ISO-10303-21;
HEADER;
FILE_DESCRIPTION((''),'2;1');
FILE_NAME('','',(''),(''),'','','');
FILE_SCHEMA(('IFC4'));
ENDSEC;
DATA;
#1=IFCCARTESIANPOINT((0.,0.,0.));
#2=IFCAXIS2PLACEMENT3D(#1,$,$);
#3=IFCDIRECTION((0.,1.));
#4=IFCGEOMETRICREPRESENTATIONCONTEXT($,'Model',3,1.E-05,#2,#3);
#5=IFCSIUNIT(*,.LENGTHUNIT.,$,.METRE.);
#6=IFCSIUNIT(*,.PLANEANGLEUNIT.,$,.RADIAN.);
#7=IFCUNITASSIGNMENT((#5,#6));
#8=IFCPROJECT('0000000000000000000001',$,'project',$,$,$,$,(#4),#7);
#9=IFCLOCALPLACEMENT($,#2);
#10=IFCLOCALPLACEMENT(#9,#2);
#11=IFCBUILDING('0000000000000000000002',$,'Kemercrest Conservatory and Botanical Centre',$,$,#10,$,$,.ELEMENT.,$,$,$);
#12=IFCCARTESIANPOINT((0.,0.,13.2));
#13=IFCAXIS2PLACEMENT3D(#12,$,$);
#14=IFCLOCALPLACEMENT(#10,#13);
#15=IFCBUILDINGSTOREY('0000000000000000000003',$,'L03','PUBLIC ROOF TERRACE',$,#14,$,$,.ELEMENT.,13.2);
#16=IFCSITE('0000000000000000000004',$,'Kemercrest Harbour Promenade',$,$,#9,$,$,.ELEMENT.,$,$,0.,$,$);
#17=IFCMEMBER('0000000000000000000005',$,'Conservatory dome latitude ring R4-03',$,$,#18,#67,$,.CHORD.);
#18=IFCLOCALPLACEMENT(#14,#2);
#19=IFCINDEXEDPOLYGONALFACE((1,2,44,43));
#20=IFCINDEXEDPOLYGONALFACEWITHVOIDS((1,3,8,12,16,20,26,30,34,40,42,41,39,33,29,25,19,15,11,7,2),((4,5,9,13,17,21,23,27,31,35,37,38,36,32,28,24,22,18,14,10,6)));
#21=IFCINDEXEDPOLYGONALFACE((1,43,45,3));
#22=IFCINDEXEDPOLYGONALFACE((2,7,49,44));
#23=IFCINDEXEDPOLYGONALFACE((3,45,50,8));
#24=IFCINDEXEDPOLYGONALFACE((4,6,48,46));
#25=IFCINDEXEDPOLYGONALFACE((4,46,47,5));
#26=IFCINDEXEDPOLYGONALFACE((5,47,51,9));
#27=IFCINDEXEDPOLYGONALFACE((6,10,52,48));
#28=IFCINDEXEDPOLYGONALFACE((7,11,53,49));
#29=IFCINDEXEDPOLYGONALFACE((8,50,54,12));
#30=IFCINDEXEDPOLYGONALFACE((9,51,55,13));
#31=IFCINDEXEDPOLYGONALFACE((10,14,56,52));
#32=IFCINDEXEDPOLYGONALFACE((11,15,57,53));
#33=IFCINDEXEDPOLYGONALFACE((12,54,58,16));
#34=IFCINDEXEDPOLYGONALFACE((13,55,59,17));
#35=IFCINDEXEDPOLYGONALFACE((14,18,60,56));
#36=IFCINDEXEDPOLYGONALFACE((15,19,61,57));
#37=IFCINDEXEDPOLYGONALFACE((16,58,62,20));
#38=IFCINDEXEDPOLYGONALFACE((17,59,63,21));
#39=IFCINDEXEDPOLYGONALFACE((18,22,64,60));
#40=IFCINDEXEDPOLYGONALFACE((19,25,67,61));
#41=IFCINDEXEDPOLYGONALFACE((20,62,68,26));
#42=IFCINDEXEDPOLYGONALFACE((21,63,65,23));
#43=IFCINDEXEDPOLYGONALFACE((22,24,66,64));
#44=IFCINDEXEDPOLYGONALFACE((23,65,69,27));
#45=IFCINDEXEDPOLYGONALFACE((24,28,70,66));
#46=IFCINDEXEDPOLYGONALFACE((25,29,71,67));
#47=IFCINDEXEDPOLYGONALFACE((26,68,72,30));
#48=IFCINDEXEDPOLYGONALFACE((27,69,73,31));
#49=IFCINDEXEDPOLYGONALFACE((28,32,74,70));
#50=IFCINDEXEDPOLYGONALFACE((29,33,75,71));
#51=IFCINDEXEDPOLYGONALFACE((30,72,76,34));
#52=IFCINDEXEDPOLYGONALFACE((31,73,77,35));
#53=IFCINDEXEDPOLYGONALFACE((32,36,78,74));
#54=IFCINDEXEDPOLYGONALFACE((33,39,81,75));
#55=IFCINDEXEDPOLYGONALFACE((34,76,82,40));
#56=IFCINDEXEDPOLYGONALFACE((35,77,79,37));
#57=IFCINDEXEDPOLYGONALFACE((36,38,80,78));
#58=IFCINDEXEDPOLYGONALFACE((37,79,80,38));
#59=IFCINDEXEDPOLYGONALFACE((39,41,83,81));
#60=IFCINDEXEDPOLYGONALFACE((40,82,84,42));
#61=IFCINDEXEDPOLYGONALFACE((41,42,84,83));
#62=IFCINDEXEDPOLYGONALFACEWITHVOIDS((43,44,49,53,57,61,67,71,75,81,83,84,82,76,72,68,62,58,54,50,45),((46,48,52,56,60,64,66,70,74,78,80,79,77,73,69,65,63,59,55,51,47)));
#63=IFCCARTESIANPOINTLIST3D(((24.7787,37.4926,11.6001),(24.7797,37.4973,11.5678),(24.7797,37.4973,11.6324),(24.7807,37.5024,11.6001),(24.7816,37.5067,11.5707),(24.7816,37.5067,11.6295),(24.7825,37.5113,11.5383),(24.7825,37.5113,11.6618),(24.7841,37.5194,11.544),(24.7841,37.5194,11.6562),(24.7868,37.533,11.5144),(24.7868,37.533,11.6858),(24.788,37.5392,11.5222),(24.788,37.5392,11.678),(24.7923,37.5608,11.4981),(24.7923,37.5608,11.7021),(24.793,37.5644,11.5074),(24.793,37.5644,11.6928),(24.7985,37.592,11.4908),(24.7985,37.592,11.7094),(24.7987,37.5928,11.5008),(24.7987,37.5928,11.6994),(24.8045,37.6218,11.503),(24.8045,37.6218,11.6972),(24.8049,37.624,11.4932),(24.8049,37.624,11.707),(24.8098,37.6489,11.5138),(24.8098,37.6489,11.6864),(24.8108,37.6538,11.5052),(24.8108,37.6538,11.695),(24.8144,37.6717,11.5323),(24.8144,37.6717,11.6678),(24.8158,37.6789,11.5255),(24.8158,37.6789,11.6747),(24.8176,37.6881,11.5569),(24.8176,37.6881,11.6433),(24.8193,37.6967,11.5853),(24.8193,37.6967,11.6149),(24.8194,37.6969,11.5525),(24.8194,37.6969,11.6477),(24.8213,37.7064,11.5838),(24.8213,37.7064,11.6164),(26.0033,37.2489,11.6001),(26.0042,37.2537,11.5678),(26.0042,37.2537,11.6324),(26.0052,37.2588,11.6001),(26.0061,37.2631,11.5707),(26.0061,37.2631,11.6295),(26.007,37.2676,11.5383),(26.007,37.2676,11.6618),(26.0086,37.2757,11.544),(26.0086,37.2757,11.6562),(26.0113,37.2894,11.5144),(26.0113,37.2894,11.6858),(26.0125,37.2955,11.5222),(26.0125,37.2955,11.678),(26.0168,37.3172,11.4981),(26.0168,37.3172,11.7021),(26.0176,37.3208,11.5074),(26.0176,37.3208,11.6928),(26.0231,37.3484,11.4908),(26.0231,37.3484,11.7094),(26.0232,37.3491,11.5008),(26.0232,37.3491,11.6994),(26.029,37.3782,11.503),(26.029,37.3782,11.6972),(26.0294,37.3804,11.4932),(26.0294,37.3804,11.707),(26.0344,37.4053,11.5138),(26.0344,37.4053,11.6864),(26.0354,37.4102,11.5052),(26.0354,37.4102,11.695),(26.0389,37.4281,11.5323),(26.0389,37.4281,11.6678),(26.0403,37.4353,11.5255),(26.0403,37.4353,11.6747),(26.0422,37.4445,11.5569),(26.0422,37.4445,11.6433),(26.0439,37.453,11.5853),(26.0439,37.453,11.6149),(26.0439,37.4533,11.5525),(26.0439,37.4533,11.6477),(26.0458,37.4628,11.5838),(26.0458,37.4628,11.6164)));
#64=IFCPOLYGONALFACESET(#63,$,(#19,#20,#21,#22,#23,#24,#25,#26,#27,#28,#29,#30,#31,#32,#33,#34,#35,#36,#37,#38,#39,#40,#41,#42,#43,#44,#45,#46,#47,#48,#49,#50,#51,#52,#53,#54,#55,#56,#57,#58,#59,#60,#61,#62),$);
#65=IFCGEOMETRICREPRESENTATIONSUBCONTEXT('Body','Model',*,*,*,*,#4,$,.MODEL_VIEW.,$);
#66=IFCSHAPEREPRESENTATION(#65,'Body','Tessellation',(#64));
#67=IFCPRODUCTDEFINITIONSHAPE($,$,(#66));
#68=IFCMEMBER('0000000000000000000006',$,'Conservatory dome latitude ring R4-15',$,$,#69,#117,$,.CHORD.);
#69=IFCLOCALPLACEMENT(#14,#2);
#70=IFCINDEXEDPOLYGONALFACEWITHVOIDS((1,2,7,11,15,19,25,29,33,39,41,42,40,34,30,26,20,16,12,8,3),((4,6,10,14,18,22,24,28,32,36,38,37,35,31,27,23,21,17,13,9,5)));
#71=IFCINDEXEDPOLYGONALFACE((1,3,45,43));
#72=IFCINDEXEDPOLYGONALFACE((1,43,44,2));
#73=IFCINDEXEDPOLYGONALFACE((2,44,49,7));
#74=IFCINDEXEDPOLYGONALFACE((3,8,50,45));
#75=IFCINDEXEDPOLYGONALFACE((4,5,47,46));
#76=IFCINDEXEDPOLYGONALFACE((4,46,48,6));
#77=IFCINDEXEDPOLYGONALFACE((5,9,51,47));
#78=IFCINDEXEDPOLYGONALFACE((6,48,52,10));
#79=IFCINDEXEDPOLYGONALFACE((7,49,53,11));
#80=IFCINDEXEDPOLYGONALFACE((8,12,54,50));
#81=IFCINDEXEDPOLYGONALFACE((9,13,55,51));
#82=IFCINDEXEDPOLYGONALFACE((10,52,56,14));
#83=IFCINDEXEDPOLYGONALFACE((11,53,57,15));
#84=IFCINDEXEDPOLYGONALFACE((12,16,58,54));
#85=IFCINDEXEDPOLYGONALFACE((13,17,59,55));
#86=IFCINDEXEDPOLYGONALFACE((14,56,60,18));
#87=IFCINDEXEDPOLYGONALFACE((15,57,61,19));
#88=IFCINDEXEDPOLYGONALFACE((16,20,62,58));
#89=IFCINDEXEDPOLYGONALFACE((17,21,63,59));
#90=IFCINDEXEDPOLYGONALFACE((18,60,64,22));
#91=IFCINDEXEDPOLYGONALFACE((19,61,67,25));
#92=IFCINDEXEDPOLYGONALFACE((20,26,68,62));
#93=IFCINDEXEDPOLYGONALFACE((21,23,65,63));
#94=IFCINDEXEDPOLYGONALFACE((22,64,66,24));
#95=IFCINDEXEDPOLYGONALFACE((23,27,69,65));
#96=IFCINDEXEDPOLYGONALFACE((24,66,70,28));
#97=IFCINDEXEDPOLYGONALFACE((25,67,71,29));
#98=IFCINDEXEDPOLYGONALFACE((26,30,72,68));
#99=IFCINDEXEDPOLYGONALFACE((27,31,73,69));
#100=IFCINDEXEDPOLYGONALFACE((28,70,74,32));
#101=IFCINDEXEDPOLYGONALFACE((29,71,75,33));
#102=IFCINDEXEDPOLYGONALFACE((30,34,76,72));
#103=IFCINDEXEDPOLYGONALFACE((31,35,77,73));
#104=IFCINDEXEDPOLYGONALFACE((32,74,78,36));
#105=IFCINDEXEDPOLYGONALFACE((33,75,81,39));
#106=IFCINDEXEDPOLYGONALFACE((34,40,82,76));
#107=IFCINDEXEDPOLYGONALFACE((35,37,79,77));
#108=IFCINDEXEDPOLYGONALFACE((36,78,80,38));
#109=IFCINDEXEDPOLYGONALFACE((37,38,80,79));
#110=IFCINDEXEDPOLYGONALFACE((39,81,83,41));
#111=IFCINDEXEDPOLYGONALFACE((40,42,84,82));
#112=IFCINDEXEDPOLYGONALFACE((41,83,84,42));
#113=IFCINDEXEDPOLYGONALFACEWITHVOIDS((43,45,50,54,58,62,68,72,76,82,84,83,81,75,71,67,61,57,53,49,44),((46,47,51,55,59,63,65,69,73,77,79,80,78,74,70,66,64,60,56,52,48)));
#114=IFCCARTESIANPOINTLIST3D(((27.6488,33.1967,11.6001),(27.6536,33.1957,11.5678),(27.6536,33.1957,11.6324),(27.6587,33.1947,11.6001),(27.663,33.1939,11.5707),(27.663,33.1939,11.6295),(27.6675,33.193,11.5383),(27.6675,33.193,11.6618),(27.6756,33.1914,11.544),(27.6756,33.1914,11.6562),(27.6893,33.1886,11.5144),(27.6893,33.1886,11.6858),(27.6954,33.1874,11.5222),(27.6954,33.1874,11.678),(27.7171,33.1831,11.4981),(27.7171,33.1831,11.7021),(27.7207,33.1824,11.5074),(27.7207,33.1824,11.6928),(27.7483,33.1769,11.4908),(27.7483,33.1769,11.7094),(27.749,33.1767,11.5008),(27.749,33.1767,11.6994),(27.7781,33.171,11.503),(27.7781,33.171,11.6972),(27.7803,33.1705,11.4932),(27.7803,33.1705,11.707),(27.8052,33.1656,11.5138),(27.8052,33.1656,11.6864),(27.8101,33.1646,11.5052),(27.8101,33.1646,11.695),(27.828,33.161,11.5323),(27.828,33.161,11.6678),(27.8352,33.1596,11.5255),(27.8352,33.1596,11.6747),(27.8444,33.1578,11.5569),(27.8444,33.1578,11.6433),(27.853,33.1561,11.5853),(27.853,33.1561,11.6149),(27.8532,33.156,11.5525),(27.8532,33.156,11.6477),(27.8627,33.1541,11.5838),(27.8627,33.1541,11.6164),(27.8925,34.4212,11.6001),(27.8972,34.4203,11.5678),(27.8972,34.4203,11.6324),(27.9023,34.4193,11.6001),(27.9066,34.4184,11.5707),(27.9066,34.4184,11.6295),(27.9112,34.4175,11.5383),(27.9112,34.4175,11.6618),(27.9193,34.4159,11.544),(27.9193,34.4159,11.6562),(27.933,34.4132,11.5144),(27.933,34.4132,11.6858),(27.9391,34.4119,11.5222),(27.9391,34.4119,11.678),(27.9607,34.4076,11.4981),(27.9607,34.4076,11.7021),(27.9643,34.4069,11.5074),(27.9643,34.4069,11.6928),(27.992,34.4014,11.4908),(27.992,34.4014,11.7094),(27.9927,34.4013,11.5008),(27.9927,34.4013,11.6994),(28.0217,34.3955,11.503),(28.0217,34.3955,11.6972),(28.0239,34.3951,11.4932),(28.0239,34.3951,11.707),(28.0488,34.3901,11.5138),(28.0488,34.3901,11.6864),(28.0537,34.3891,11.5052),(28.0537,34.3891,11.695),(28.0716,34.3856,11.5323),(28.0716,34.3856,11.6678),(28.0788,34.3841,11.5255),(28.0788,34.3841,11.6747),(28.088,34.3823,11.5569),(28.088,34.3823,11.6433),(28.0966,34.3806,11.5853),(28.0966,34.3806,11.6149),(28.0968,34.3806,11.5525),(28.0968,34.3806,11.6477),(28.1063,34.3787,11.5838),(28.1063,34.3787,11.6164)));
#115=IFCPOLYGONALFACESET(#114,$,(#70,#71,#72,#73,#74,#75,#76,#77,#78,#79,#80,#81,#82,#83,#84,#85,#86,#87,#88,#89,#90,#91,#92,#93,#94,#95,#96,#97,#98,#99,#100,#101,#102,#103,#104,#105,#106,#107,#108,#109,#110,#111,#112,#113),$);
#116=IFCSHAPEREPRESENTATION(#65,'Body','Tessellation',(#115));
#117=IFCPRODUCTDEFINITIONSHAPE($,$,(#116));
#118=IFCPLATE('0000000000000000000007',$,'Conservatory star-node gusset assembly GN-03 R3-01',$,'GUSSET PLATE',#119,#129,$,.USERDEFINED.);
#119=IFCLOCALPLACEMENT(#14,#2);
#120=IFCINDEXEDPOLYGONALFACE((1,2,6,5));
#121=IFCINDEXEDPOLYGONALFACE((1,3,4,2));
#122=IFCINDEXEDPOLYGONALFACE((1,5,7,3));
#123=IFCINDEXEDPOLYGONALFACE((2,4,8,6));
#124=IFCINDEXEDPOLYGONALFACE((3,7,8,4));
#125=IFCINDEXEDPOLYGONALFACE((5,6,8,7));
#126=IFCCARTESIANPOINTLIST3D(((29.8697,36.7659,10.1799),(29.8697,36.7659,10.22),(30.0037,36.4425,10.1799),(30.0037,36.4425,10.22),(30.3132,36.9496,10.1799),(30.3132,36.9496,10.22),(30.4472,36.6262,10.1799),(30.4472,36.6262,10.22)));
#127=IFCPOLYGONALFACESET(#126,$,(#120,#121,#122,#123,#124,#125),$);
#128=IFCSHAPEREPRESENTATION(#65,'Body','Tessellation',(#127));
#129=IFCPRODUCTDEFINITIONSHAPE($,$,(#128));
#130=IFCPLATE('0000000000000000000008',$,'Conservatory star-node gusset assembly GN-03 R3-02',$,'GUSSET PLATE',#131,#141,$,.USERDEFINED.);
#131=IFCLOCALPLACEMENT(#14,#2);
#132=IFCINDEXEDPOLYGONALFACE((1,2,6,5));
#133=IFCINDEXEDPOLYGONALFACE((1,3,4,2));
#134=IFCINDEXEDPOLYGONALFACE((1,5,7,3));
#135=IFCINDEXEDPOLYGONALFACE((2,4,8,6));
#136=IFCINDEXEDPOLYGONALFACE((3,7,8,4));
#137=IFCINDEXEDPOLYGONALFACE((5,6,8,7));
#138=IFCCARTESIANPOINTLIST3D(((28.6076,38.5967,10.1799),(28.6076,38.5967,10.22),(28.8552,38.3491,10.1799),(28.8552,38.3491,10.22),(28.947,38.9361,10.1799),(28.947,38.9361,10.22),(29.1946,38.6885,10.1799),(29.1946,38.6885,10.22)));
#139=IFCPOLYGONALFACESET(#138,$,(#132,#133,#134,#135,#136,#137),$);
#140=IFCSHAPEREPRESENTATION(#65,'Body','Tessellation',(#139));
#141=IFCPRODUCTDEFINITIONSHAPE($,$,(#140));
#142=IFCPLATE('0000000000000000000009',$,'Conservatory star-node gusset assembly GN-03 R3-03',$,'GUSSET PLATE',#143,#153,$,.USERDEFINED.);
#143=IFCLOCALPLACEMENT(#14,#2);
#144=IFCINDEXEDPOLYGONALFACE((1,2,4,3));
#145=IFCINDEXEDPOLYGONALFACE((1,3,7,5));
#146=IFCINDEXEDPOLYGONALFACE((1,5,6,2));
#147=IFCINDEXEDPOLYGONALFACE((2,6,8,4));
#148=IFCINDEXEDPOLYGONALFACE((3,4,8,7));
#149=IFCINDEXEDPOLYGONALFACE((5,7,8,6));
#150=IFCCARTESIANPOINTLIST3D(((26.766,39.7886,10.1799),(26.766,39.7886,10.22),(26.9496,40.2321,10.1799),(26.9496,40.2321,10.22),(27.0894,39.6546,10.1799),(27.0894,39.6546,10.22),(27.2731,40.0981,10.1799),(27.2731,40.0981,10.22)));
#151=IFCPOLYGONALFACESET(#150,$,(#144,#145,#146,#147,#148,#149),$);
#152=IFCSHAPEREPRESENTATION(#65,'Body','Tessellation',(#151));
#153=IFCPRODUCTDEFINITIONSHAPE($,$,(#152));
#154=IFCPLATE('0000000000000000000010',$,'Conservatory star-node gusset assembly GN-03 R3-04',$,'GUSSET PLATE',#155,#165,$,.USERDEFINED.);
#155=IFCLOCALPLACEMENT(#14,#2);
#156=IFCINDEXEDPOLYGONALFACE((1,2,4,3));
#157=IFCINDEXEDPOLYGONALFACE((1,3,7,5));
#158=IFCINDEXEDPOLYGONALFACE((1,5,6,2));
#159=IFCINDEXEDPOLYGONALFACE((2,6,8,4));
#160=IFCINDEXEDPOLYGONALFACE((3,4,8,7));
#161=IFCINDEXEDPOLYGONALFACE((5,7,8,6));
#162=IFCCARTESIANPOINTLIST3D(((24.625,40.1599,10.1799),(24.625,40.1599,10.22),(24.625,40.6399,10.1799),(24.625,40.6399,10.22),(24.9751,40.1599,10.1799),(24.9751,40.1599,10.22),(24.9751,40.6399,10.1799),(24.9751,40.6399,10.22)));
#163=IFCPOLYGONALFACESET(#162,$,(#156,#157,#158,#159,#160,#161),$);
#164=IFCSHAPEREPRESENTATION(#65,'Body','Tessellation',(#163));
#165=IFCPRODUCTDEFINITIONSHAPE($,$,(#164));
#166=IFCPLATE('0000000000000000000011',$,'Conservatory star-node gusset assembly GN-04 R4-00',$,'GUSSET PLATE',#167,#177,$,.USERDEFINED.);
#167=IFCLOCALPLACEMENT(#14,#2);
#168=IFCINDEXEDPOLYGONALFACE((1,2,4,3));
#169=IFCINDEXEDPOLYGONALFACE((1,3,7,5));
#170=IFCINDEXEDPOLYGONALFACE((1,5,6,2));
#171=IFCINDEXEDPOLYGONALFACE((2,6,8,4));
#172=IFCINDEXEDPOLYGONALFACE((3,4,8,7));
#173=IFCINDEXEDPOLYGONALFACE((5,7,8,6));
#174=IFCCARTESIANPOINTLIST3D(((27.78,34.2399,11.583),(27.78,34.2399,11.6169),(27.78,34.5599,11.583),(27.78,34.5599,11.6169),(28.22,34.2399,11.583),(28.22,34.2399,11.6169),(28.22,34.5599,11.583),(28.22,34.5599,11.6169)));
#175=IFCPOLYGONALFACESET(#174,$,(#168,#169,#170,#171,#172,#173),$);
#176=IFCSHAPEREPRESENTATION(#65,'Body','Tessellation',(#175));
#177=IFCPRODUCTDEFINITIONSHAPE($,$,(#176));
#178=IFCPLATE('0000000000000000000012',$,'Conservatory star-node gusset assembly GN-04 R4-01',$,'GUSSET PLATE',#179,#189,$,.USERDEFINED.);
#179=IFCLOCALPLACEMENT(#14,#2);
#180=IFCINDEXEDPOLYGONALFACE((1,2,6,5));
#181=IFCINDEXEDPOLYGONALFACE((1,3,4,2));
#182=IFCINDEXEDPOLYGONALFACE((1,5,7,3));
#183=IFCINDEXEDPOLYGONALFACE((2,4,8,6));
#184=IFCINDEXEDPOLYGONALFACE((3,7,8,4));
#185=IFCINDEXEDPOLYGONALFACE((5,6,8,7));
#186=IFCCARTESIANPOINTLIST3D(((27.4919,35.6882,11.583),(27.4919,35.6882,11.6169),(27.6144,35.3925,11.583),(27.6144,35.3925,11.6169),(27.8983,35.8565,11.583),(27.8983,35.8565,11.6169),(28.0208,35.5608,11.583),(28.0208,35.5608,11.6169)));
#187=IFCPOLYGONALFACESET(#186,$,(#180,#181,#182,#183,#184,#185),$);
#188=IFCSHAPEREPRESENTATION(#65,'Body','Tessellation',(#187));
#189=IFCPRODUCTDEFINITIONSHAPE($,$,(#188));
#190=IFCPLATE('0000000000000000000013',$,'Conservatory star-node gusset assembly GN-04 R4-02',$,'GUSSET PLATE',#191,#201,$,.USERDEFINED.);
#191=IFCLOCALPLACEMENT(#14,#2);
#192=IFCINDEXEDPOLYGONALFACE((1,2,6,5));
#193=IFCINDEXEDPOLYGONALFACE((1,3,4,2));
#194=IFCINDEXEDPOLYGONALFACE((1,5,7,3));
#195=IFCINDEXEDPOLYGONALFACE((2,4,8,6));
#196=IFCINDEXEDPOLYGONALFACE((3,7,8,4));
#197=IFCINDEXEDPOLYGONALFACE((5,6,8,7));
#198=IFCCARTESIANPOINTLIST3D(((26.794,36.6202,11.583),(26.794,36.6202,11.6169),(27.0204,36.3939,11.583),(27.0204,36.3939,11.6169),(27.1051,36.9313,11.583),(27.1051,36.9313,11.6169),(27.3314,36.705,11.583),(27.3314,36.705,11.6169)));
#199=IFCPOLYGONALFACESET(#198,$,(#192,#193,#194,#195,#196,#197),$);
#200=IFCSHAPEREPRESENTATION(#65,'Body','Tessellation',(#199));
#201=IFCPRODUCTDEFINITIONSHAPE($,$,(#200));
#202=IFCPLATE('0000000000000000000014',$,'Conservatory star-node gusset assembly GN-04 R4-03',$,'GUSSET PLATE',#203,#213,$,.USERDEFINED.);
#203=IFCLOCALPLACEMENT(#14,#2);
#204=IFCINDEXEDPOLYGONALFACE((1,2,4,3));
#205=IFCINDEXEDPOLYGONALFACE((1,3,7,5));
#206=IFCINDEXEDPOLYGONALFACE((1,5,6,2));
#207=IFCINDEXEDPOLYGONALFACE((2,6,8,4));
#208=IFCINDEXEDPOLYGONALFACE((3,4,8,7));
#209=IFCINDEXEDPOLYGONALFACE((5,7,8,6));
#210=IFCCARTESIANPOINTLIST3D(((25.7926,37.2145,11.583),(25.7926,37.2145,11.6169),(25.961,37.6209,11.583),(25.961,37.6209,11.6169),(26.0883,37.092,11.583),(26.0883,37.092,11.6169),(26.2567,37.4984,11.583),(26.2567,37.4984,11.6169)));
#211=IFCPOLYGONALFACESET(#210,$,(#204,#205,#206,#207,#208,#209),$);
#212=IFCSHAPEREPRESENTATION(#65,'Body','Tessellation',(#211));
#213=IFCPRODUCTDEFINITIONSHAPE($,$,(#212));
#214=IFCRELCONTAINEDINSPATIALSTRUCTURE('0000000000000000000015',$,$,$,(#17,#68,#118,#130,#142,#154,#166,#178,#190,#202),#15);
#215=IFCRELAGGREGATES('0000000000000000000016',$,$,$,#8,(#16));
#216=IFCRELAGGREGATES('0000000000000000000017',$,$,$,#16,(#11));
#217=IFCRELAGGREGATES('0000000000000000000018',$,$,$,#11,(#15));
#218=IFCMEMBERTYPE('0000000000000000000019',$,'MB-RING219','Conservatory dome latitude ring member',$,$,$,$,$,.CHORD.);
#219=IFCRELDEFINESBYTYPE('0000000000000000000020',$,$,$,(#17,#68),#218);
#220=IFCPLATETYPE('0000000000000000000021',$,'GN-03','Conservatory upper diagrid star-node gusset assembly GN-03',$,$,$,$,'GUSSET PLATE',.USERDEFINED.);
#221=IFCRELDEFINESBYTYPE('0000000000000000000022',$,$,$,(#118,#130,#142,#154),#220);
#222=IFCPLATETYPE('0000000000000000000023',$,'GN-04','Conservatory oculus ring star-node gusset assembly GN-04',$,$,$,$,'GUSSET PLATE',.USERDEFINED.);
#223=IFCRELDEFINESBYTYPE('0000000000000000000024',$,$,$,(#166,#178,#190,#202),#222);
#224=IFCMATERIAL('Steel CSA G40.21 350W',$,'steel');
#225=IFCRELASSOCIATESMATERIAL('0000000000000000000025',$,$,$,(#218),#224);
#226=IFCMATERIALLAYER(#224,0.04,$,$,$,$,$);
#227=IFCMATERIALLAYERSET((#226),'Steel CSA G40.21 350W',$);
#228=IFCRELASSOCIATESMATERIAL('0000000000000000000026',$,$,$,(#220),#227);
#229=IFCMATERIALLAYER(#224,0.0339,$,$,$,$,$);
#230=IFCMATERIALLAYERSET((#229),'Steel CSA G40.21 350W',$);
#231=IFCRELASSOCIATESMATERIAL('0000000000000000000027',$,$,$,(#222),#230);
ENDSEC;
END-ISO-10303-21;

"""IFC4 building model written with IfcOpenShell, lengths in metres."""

from ifc_helpers import new_model, si_unit, direction, frame, origin, origin_2d, place, context, subcontext, project, spatial, rectangle, hollow_circle, extrude, material, layer, layer_set, material_profile, profile_set, type_object, element, save


model = new_model("IFC4")

# Units and contexts
model_context = context("Model", 3, precision=1e-05, world=origin(), true_north=direction((0.0, 1.0)))
body_context = subcontext(model_context, "Body", "Model", "MODEL_VIEW")
ifc_project = project(units=[si_unit("LENGTHUNIT", "METRE"), si_unit("PLANEANGLEUNIT", "RADIAN")], contexts=[model_context])

# Site, building, storey
site_placement = place(None, origin())
site = spatial("IfcSite", under=ifc_project, at=site_placement, Name="Kemercrest Harbour Promenade", CompositionType="ELEMENT", RefElevation=0.0)
building_placement = place(site_placement, origin())
building = spatial("IfcBuilding", under=site, at=building_placement, Name="Kemercrest Conservatory and Botanical Centre", CompositionType="ELEMENT")
storey_placement = place(building_placement, frame((0.0, 0.0, 13.2)))
storey = spatial("IfcBuildingStorey", under=building, at=storey_placement, Name="L03", Description="PUBLIC ROOF TERRACE", CompositionType="ELEMENT", Elevation=13.2)

# Shared definitions
ifc_material_1 = material(Name="Steel CSA G40.21 350W", Category="steel")

# Members
ifc_material_profile_1 = material_profile(ifc_material_1, hollow_circle(Radius=0.1096, WallThickness=0.01, at=origin_2d()), Name="CHS 219.1x10.0")
ifc_profile_set_1 = profile_set([ifc_material_profile_1], Name="Steel CSA G40.21 350W")
member_type_1 = type_object("IfcMemberType", Name="MB-RING219", Description="Conservatory dome latitude ring member", PredefinedType="CHORD", material=ifc_profile_set_1)
for number, where, z_axis, x_axis, name in (
    (1, (26.0247, 37.3564, 11.6001), (-0.980776, 0.195138, 0.0), (-0.195138, -0.980776, 0.0), "Conservatory dome latitude ring R4-03"),
    (2, (27.7563, 33.1753, 11.6001), (0.195138, 0.980776, 0.0), (-0.980776, 0.195138, 0.0), "Conservatory dome latitude ring R4-15"),
):
    element("IfcMember", number, at=place(storey_placement, frame(where, z_axis=z_axis, x_axis=x_axis)), inside=storey, type_object=member_type_1, Name=name, PredefinedType="CHORD", context=body_context, shape_type="SweptSolid", body=[
        extrude(hollow_circle(Radius=0.1096, WallThickness=0.01, at=origin_2d()), origin(), (0.0, 0.0, 1.0), 1.2485),
    ])

# Plates
ifc_layer_1 = layer(ifc_material_1, 0.04)
ifc_layer_set_1 = layer_set([ifc_layer_1], Name="Steel CSA G40.21 350W")
plate_type_1 = type_object("IfcPlateType", Name="GN-03", Description="Conservatory upper diagrid star-node gusset assembly GN-03", ElementType="GUSSET PLATE", PredefinedType="USERDEFINED", material=ifc_layer_set_1)
for number, where, z_axis, x_axis, name in (
    (3, (30.1584, 36.696, 10.1799), (0.0, 0.0, 1.0), (0.92388, 0.382683, 0.0), "Conservatory star-node gusset assembly GN-03 R3-01"),
    (4, (28.9011, 38.6426, 10.1799), (0.0, 0.0, 1.0), (0.707107, 0.707107, 0.0), "Conservatory star-node gusset assembly GN-03 R3-02"),
    (5, (27.0195, 39.9434, 10.1799), (0.0, 0.0, 1.0), (0.382683, 0.92388, 0.0), "Conservatory star-node gusset assembly GN-03 R3-03"),
    (6, (24.8, 40.3999, 10.1799), (0.0, 0.0, 1.0), (0.0, 1.0, 0.0), "Conservatory star-node gusset assembly GN-03 R3-04"),
):
    element("IfcPlate", number, at=place(storey_placement, frame(where, z_axis=z_axis, x_axis=x_axis)), inside=storey, type_object=plate_type_1, Name=name, ObjectType="GUSSET PLATE", PredefinedType="USERDEFINED", context=body_context, shape_type="SweptSolid", body=[
        extrude(rectangle(XDim=0.48, YDim=0.3501, at=origin_2d()), origin(), (0.0, 0.0, 1.0), 0.04),
    ])
ifc_layer_2 = layer(ifc_material_1, 0.0339)
ifc_layer_set_2 = layer_set([ifc_layer_2], Name="Steel CSA G40.21 350W")
plate_type_2 = type_object("IfcPlateType", Name="GN-04", Description="Conservatory oculus ring star-node gusset assembly GN-04", ElementType="GUSSET PLATE", PredefinedType="USERDEFINED", material=ifc_layer_set_2)
for number, where, z_axis, x_axis, name in (
    (7, (28.0, 34.3999, 11.583), (0.0, 0.0, 1.0), (1.0, 0.0, 0.0), "Conservatory star-node gusset assembly GN-04 R4-00"),
    (8, (27.7563, 35.6245, 11.583), (0.0, 0.0, 1.0), (0.92388, 0.382683, 0.0), "Conservatory star-node gusset assembly GN-04 R4-01"),
    (9, (27.0627, 36.6626, 11.583), (0.0, 0.0, 1.0), (0.707107, 0.707107, 0.0), "Conservatory star-node gusset assembly GN-04 R4-02"),
    (10, (26.0247, 37.3564, 11.583), (0.0, 0.0, 1.0), (0.382683, 0.92388, 0.0), "Conservatory star-node gusset assembly GN-04 R4-03"),
):
    element("IfcPlate", number, at=place(storey_placement, frame(where, z_axis=z_axis, x_axis=x_axis)), inside=storey, type_object=plate_type_2, Name=name, ObjectType="GUSSET PLATE", PredefinedType="USERDEFINED", context=body_context, shape_type="SweptSolid", body=[
        extrude(rectangle(XDim=0.4399, YDim=0.3201, at=origin_2d()), origin(), (0.0, 0.0, 1.0), 0.0339),
    ])

save(model, "model.ifc")
